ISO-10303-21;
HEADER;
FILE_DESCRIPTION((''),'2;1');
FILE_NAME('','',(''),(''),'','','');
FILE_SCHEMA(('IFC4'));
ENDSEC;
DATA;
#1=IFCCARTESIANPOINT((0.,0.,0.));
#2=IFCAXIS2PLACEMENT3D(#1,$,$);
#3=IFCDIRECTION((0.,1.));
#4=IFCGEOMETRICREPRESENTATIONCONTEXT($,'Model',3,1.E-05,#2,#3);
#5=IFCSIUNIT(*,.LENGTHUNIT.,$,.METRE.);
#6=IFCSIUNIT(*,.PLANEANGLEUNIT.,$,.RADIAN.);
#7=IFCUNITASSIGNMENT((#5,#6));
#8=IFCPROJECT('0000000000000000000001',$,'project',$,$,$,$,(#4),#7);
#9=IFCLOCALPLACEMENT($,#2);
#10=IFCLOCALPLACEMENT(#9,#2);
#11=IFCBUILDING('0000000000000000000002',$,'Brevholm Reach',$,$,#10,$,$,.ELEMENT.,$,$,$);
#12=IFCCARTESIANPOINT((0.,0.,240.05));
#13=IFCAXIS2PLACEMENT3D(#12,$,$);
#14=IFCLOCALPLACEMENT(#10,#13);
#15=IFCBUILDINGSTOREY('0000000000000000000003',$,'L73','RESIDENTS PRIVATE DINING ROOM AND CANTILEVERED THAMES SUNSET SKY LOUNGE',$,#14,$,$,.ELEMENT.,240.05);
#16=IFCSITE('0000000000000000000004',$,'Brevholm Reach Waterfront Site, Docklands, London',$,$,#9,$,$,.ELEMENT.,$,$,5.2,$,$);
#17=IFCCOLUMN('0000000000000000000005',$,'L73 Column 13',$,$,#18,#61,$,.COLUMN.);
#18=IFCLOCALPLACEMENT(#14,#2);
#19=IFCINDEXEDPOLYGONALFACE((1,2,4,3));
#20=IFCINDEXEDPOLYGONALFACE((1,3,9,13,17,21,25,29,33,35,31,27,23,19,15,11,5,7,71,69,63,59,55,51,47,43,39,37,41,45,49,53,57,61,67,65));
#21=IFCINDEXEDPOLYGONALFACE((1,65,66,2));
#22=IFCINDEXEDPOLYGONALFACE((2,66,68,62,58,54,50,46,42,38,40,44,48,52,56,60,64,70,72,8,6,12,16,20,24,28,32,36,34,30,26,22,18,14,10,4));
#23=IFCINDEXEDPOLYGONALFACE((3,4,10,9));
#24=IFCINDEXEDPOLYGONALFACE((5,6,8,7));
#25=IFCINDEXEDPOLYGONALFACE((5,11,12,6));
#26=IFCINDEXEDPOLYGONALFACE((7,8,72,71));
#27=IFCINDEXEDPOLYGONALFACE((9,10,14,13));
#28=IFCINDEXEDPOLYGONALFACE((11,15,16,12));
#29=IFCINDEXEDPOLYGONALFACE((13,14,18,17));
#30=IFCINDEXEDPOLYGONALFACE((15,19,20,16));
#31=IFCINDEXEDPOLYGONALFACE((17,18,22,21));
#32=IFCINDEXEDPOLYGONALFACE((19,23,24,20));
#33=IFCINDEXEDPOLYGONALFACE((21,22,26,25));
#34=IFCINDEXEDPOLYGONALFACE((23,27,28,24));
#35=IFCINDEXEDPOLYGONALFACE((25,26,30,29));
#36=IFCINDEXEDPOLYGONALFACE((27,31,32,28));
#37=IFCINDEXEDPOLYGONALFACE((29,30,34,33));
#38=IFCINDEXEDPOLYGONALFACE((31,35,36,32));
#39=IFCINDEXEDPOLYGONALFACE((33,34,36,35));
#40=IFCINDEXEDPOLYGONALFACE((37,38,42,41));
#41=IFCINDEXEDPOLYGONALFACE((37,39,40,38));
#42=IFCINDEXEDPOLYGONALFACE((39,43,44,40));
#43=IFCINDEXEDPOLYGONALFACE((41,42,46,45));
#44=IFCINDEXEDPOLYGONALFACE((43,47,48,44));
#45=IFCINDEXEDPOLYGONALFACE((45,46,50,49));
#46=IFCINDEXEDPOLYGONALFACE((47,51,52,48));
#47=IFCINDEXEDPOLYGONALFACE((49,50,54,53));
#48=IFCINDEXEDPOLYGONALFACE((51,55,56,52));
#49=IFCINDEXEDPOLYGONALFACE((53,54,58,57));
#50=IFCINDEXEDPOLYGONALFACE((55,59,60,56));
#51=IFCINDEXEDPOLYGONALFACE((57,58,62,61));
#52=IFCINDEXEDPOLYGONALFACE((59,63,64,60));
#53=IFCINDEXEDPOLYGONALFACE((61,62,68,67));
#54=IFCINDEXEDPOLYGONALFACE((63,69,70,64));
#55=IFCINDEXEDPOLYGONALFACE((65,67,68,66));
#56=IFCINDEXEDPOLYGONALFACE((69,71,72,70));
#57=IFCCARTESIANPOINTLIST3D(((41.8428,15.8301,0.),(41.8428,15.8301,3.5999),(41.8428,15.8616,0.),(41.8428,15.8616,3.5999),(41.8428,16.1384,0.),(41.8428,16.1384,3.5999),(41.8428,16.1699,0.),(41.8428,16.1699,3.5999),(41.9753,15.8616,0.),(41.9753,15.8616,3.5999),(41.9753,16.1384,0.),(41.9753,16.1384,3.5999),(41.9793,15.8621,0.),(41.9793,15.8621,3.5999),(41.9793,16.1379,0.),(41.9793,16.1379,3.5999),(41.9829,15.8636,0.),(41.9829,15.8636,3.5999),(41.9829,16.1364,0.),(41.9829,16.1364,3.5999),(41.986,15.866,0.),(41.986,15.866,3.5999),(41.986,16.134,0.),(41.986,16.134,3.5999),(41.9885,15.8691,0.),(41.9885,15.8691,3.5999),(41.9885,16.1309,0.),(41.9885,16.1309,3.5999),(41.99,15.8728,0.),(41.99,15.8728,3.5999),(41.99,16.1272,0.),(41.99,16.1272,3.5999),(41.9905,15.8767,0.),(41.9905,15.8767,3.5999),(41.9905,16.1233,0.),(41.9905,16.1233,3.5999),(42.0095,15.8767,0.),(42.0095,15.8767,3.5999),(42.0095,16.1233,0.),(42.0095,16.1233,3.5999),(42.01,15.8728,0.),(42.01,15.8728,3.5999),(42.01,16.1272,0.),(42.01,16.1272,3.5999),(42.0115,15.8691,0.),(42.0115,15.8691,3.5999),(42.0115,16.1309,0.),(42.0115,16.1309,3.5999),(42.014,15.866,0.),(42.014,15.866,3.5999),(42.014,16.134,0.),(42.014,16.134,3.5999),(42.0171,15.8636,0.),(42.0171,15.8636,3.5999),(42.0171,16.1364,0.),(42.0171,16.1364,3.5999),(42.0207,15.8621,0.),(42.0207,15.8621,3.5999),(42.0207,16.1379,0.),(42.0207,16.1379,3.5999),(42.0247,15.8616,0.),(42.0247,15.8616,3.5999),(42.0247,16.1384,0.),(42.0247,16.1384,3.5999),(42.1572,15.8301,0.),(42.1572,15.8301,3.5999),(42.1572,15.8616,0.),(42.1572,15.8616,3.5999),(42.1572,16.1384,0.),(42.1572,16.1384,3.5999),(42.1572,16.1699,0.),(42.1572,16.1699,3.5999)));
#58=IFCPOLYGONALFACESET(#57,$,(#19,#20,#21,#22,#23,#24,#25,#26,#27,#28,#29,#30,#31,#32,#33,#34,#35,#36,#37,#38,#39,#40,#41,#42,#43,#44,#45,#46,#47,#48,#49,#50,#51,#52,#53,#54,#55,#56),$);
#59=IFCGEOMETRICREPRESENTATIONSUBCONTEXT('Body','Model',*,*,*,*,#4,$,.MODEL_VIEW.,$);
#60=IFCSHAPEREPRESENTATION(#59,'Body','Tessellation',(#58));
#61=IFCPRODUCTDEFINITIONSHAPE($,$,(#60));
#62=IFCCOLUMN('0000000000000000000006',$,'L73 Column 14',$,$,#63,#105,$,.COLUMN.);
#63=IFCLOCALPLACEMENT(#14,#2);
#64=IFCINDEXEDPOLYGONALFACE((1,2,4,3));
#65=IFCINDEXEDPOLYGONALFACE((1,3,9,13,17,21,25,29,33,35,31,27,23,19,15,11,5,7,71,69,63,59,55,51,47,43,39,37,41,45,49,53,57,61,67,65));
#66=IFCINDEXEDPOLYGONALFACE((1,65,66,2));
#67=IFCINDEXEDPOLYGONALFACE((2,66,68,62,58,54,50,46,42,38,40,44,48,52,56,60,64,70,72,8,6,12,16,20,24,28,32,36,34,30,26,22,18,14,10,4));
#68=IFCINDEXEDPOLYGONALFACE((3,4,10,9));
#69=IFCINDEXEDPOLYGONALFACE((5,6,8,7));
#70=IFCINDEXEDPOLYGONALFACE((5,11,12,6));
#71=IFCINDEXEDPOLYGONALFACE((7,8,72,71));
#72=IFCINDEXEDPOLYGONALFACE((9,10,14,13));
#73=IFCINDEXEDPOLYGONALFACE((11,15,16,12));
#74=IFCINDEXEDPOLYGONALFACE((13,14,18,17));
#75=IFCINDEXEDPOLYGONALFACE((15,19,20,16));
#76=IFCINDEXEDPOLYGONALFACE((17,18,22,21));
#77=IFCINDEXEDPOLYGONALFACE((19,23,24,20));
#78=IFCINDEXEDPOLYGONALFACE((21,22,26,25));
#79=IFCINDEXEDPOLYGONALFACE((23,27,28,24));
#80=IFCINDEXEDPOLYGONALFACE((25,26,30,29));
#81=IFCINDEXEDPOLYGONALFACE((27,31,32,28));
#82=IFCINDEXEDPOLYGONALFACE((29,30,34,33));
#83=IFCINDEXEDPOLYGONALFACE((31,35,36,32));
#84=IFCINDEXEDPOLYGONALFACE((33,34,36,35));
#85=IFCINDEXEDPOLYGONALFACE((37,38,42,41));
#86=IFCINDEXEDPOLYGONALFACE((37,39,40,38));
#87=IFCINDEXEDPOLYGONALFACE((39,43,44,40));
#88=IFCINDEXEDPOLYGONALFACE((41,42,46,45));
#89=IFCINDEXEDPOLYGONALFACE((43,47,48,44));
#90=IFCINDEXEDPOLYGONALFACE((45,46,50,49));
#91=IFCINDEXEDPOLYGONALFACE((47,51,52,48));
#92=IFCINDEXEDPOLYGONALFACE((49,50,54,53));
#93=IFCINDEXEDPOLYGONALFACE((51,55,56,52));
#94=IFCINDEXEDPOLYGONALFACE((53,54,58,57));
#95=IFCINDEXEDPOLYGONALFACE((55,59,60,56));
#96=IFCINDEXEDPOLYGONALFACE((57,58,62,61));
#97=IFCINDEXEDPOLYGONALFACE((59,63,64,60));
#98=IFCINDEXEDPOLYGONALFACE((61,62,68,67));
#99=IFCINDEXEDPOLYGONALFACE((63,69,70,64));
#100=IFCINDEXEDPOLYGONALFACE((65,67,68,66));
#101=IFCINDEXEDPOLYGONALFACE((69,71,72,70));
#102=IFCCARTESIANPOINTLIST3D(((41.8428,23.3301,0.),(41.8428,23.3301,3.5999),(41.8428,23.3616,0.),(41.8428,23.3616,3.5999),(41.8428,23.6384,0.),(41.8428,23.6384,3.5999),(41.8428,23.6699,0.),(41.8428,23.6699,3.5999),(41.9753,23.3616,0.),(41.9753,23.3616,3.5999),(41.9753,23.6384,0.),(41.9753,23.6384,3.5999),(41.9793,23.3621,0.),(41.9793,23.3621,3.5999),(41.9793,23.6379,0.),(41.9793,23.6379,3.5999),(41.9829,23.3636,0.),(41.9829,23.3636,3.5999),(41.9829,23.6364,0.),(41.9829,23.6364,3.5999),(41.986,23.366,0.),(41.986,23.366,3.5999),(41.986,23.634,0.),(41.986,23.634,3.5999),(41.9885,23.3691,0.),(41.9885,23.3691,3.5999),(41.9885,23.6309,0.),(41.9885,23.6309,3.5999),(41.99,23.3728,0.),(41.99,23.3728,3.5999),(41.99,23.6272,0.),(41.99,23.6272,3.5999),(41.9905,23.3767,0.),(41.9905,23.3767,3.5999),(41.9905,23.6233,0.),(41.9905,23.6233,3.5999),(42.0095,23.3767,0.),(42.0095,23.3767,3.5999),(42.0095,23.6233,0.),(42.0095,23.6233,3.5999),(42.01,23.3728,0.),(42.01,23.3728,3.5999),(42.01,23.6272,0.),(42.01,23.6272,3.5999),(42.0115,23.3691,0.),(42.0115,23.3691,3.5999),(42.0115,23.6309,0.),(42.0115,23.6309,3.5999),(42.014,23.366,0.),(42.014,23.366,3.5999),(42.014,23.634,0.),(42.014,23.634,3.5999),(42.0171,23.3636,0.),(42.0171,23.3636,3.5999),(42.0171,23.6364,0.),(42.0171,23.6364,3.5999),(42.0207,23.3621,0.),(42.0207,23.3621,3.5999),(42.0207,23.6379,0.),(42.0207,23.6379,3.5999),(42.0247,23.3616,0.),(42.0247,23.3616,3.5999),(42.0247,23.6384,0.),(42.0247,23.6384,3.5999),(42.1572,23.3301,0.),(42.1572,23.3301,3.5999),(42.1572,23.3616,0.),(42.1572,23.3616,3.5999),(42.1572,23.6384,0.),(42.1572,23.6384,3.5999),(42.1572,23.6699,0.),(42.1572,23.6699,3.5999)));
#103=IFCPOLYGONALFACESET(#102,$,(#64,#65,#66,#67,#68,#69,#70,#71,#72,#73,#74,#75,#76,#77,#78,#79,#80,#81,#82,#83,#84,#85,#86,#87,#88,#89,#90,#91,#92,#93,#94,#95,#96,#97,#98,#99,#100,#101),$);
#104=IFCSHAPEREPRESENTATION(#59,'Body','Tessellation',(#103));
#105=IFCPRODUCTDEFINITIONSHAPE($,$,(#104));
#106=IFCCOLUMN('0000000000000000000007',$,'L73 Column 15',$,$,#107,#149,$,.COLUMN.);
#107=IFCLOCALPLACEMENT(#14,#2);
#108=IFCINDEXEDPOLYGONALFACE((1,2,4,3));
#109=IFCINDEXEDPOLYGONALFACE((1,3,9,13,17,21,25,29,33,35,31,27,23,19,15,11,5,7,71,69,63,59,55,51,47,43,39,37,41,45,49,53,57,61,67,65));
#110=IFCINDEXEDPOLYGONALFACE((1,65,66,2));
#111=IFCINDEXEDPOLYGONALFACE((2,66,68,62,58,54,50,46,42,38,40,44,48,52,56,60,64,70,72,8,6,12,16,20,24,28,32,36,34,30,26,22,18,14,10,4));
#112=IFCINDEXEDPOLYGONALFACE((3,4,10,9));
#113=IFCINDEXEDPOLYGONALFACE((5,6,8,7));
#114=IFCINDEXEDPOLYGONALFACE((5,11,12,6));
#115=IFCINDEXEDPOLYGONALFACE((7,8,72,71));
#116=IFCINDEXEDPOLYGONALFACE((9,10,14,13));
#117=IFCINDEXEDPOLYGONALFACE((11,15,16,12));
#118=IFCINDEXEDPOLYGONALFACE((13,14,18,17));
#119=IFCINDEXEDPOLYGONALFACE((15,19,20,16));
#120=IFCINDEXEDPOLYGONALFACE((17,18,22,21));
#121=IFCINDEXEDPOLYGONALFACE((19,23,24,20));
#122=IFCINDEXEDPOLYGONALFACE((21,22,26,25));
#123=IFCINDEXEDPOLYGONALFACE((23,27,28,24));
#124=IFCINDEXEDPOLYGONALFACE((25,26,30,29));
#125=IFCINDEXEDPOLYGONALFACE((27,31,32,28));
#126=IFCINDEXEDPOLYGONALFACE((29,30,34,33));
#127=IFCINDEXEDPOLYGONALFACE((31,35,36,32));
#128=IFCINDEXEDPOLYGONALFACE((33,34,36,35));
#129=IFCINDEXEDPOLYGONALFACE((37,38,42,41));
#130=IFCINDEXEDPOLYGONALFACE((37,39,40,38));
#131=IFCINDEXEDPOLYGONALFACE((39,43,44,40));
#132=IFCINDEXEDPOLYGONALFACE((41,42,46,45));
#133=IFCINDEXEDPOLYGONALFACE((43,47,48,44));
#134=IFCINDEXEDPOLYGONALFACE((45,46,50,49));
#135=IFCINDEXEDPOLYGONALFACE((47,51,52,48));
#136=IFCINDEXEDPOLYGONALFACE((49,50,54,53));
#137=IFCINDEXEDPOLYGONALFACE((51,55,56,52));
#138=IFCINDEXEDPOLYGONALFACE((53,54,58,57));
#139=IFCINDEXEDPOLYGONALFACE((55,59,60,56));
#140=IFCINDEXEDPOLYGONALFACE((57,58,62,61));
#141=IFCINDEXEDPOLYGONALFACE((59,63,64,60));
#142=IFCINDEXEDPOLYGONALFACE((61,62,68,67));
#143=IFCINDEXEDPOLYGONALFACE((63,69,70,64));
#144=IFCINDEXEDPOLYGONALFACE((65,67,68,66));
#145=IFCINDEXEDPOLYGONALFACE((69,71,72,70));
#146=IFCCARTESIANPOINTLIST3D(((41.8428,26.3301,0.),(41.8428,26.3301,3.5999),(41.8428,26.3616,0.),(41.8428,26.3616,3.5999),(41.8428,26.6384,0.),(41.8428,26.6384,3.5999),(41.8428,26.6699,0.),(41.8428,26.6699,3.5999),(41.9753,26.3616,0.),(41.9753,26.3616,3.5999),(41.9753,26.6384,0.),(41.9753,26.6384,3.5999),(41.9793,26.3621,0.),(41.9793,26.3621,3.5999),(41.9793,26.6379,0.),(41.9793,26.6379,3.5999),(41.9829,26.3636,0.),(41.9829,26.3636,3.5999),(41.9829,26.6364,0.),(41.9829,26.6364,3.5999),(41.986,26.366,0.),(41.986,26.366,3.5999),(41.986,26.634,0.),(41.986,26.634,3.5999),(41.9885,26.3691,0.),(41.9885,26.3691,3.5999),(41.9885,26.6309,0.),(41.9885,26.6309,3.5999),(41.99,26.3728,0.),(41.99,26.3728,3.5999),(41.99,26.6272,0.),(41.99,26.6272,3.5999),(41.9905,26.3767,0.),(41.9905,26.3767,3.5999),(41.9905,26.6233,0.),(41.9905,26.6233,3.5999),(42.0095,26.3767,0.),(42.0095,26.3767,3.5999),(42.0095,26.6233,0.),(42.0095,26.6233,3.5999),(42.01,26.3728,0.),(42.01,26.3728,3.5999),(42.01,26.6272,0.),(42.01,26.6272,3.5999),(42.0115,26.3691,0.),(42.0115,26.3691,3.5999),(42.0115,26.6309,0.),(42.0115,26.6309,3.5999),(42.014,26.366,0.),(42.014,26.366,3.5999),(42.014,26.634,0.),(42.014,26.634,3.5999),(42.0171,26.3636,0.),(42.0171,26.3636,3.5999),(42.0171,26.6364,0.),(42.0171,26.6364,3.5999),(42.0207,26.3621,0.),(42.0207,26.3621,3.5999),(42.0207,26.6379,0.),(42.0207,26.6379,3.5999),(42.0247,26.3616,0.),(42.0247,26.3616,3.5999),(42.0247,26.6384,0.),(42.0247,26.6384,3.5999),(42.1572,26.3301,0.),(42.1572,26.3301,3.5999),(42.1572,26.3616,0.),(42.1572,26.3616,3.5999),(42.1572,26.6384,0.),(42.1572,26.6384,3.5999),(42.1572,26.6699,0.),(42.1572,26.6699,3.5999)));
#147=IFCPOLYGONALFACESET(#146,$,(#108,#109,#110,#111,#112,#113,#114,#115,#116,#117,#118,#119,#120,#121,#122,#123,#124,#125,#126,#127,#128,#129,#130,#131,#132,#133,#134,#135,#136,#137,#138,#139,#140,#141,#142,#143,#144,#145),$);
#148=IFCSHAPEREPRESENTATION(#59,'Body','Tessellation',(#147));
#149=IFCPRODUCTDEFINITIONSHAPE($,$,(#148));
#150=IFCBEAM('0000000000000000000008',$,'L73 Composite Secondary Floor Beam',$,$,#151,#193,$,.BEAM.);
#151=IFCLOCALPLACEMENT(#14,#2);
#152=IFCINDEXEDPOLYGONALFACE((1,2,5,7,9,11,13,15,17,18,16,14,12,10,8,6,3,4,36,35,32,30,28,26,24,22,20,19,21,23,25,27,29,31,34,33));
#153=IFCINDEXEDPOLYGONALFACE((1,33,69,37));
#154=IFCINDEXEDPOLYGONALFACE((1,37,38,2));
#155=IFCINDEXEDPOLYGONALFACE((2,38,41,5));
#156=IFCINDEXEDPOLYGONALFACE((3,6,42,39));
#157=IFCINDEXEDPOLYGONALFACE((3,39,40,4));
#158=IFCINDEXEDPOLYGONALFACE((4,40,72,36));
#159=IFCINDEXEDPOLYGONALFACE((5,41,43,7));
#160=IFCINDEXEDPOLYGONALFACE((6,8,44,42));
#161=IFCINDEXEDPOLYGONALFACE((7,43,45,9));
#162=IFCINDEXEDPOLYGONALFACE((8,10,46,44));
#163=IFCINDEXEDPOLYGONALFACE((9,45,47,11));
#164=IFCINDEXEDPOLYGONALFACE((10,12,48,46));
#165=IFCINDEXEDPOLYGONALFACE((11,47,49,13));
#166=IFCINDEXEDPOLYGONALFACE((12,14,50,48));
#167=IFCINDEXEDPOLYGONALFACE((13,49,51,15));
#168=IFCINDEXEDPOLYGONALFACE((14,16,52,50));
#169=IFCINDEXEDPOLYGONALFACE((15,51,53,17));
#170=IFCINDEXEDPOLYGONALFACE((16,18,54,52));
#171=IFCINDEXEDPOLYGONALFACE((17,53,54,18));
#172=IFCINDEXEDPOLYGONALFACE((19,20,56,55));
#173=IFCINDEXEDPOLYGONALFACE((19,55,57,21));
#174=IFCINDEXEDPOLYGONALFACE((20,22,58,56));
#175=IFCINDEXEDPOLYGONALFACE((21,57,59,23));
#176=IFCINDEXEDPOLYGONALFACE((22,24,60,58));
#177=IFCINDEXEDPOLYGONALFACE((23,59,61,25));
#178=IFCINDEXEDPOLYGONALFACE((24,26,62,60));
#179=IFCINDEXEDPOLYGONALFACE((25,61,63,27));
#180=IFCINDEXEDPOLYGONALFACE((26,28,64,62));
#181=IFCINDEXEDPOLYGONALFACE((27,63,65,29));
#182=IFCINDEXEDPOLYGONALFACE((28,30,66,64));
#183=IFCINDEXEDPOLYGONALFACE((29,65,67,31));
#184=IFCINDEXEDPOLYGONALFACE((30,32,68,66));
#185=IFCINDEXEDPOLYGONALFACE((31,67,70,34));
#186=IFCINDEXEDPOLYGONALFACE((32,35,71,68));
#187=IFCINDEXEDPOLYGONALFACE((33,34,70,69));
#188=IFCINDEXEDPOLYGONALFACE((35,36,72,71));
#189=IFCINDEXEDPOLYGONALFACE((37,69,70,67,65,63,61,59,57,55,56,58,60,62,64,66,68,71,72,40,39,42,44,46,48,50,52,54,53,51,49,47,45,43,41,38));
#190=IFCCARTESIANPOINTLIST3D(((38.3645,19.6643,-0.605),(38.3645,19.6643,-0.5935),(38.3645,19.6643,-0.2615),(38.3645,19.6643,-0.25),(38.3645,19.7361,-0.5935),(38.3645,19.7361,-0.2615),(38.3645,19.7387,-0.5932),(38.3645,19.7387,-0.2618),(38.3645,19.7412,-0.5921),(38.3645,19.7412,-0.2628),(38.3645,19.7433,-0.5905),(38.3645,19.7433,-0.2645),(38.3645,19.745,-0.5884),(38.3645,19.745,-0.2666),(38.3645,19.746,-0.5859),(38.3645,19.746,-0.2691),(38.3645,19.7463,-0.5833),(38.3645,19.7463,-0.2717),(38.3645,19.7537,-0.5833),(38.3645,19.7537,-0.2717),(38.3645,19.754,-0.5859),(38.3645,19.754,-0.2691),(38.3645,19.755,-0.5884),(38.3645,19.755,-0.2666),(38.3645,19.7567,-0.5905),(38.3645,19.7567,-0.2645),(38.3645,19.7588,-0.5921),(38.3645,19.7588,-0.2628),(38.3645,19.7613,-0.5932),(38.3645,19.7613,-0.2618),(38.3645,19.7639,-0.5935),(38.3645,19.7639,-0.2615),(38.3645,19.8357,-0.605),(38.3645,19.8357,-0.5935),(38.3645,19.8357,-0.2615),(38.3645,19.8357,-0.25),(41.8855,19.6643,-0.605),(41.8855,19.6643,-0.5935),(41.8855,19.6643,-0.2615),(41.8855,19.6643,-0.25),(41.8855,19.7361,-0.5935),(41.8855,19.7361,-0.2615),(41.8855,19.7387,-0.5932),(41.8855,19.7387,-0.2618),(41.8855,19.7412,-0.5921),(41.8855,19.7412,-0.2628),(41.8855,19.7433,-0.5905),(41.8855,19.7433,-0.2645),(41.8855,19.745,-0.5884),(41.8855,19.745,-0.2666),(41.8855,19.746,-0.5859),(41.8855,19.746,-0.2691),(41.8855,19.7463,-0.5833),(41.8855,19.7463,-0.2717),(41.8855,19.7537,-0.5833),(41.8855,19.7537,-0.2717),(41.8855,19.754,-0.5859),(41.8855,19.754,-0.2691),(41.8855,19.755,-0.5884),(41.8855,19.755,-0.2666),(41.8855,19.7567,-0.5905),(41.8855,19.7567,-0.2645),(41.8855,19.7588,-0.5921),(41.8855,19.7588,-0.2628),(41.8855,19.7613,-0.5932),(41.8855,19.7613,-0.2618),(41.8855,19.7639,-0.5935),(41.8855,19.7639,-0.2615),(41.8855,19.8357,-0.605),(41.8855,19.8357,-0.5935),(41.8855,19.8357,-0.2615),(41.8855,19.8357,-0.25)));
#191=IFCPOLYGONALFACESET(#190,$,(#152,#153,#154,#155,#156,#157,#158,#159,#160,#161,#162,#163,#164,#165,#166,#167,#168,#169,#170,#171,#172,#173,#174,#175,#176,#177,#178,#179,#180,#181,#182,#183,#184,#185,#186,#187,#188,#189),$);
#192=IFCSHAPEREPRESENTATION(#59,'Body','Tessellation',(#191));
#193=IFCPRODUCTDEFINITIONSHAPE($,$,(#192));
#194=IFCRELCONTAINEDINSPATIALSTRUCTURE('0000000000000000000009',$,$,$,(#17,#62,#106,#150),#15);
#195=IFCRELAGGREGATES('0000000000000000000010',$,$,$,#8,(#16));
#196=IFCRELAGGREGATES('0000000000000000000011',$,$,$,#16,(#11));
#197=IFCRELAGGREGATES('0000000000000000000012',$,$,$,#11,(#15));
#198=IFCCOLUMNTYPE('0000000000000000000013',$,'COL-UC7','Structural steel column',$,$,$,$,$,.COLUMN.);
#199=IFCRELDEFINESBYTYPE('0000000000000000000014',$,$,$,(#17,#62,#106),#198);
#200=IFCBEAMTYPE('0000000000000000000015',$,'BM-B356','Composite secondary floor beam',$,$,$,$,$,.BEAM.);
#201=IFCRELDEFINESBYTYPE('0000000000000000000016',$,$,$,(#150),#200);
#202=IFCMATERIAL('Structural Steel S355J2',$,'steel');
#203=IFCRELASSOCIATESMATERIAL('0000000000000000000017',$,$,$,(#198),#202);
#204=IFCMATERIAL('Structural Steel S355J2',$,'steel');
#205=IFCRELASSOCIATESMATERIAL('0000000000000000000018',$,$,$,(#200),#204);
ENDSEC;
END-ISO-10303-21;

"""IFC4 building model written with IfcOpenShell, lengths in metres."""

from ifc_helpers import new_model, si_unit, direction, frame, origin, origin_2d, place, context, subcontext, project, spatial, i_section, extrude, material, material_profile, profile_set, type_object, element, save


model = new_model("IFC4")

# Units and contexts
model_context = context("Model", 3, precision=1e-05, world=origin(), true_north=direction((0.0, 1.0)))
body_context = subcontext(model_context, "Body", "Model", "MODEL_VIEW")
ifc_project = project(units=[si_unit("LENGTHUNIT", "METRE"), si_unit("PLANEANGLEUNIT", "RADIAN")], contexts=[model_context])

# Site, building, storey
site_placement = place(None, origin())
site = spatial("IfcSite", under=ifc_project, at=site_placement, Name="Brevholm Reach Waterfront Site, Docklands, London", CompositionType="ELEMENT", RefElevation=5.2)
building_placement = place(site_placement, origin())
building = spatial("IfcBuilding", under=site, at=building_placement, Name="Brevholm Reach", CompositionType="ELEMENT")
storey_placement = place(building_placement, frame((0.0, 0.0, 240.05)))
storey = spatial("IfcBuildingStorey", under=building, at=storey_placement, Name="L73", Description="RESIDENTS PRIVATE DINING ROOM AND CANTILEVERED THAMES SUNSET SKY LOUNGE", CompositionType="ELEMENT", Elevation=240.05)

# Columns
ifc_material_1 = material(Name="Structural Steel S355J2", Category="steel")
ifc_material_profile_1 = material_profile(ifc_material_1, i_section(OverallWidth=0.3145, OverallDepth=0.3398, WebThickness=0.019, FlangeThickness=0.0315, FilletRadius=0.0151, at=origin_2d()), Name="UKC 305x305x198")
ifc_profile_set_1 = profile_set([ifc_material_profile_1], Name="Structural Steel S355J2")
column_type = type_object("IfcColumnType", Name="COL-UC7", Description="Structural steel column", PredefinedType="COLUMN", material=ifc_profile_set_1)
for number, where, z_axis, x_axis, name in (
    (1, (42.0, 16.0, 0.0), (0.0, 0.0, 1.0), (1.0, 0.0, 0.0), "L73 Column 13"),
    (2, (42.0, 23.5, 0.0), (0.0, 0.0, 1.0), (1.0, 0.0, 0.0), "L73 Column 14"),
    (3, (42.0, 26.5, 0.0), (0.0, 0.0, 1.0), (1.0, 0.0, 0.0), "L73 Column 15"),
):
    element("IfcColumn", number, at=place(storey_placement, frame(where, z_axis=z_axis, x_axis=x_axis)), inside=storey, type_object=column_type, Name=name, PredefinedType="COLUMN", context=body_context, shape_type="SweptSolid", body=[
        extrude(i_section(OverallWidth=0.3145, OverallDepth=0.3398, WebThickness=0.019, FlangeThickness=0.0315, FilletRadius=0.0151, at=origin_2d()), origin(), (0.0, 0.0, 1.0), 3.5999),
    ])

# Beam
ifc_material_2 = material(Name="Structural Steel S355J2", Category="steel")
ifc_material_profile_2 = material_profile(ifc_material_2, i_section(OverallWidth=0.1714, OverallDepth=0.355, WebThickness=0.0073, FlangeThickness=0.0115, FilletRadius=0.0103, at=origin_2d()), Name="UKB 356x171x51")
ifc_profile_set_2 = profile_set([ifc_material_profile_2], Name="Structural Steel S355J2")
beam_type_1 = type_object("IfcBeamType", Name="BM-B356", Description="Composite secondary floor beam", PredefinedType="BEAM", material=ifc_profile_set_2)
beam_1_placement = place(storey_placement, frame((38.3645, 19.75, -0.4275), z_axis=(1.0, 0.0, 0.0), x_axis=(0.0, 1.0, 0.0)))
element("IfcBeam", 4, at=beam_1_placement, inside=storey, type_object=beam_type_1, Name="L73 Composite Secondary Floor Beam", PredefinedType="BEAM", context=body_context, shape_type="SweptSolid", body=[
    extrude(i_section(OverallWidth=0.1714, OverallDepth=0.355, WebThickness=0.0073, FlangeThickness=0.0115, FilletRadius=0.0103, at=origin_2d()), origin(), (0.0, 0.0, 1.0), 3.521),
])

save(model, "model.ifc")
